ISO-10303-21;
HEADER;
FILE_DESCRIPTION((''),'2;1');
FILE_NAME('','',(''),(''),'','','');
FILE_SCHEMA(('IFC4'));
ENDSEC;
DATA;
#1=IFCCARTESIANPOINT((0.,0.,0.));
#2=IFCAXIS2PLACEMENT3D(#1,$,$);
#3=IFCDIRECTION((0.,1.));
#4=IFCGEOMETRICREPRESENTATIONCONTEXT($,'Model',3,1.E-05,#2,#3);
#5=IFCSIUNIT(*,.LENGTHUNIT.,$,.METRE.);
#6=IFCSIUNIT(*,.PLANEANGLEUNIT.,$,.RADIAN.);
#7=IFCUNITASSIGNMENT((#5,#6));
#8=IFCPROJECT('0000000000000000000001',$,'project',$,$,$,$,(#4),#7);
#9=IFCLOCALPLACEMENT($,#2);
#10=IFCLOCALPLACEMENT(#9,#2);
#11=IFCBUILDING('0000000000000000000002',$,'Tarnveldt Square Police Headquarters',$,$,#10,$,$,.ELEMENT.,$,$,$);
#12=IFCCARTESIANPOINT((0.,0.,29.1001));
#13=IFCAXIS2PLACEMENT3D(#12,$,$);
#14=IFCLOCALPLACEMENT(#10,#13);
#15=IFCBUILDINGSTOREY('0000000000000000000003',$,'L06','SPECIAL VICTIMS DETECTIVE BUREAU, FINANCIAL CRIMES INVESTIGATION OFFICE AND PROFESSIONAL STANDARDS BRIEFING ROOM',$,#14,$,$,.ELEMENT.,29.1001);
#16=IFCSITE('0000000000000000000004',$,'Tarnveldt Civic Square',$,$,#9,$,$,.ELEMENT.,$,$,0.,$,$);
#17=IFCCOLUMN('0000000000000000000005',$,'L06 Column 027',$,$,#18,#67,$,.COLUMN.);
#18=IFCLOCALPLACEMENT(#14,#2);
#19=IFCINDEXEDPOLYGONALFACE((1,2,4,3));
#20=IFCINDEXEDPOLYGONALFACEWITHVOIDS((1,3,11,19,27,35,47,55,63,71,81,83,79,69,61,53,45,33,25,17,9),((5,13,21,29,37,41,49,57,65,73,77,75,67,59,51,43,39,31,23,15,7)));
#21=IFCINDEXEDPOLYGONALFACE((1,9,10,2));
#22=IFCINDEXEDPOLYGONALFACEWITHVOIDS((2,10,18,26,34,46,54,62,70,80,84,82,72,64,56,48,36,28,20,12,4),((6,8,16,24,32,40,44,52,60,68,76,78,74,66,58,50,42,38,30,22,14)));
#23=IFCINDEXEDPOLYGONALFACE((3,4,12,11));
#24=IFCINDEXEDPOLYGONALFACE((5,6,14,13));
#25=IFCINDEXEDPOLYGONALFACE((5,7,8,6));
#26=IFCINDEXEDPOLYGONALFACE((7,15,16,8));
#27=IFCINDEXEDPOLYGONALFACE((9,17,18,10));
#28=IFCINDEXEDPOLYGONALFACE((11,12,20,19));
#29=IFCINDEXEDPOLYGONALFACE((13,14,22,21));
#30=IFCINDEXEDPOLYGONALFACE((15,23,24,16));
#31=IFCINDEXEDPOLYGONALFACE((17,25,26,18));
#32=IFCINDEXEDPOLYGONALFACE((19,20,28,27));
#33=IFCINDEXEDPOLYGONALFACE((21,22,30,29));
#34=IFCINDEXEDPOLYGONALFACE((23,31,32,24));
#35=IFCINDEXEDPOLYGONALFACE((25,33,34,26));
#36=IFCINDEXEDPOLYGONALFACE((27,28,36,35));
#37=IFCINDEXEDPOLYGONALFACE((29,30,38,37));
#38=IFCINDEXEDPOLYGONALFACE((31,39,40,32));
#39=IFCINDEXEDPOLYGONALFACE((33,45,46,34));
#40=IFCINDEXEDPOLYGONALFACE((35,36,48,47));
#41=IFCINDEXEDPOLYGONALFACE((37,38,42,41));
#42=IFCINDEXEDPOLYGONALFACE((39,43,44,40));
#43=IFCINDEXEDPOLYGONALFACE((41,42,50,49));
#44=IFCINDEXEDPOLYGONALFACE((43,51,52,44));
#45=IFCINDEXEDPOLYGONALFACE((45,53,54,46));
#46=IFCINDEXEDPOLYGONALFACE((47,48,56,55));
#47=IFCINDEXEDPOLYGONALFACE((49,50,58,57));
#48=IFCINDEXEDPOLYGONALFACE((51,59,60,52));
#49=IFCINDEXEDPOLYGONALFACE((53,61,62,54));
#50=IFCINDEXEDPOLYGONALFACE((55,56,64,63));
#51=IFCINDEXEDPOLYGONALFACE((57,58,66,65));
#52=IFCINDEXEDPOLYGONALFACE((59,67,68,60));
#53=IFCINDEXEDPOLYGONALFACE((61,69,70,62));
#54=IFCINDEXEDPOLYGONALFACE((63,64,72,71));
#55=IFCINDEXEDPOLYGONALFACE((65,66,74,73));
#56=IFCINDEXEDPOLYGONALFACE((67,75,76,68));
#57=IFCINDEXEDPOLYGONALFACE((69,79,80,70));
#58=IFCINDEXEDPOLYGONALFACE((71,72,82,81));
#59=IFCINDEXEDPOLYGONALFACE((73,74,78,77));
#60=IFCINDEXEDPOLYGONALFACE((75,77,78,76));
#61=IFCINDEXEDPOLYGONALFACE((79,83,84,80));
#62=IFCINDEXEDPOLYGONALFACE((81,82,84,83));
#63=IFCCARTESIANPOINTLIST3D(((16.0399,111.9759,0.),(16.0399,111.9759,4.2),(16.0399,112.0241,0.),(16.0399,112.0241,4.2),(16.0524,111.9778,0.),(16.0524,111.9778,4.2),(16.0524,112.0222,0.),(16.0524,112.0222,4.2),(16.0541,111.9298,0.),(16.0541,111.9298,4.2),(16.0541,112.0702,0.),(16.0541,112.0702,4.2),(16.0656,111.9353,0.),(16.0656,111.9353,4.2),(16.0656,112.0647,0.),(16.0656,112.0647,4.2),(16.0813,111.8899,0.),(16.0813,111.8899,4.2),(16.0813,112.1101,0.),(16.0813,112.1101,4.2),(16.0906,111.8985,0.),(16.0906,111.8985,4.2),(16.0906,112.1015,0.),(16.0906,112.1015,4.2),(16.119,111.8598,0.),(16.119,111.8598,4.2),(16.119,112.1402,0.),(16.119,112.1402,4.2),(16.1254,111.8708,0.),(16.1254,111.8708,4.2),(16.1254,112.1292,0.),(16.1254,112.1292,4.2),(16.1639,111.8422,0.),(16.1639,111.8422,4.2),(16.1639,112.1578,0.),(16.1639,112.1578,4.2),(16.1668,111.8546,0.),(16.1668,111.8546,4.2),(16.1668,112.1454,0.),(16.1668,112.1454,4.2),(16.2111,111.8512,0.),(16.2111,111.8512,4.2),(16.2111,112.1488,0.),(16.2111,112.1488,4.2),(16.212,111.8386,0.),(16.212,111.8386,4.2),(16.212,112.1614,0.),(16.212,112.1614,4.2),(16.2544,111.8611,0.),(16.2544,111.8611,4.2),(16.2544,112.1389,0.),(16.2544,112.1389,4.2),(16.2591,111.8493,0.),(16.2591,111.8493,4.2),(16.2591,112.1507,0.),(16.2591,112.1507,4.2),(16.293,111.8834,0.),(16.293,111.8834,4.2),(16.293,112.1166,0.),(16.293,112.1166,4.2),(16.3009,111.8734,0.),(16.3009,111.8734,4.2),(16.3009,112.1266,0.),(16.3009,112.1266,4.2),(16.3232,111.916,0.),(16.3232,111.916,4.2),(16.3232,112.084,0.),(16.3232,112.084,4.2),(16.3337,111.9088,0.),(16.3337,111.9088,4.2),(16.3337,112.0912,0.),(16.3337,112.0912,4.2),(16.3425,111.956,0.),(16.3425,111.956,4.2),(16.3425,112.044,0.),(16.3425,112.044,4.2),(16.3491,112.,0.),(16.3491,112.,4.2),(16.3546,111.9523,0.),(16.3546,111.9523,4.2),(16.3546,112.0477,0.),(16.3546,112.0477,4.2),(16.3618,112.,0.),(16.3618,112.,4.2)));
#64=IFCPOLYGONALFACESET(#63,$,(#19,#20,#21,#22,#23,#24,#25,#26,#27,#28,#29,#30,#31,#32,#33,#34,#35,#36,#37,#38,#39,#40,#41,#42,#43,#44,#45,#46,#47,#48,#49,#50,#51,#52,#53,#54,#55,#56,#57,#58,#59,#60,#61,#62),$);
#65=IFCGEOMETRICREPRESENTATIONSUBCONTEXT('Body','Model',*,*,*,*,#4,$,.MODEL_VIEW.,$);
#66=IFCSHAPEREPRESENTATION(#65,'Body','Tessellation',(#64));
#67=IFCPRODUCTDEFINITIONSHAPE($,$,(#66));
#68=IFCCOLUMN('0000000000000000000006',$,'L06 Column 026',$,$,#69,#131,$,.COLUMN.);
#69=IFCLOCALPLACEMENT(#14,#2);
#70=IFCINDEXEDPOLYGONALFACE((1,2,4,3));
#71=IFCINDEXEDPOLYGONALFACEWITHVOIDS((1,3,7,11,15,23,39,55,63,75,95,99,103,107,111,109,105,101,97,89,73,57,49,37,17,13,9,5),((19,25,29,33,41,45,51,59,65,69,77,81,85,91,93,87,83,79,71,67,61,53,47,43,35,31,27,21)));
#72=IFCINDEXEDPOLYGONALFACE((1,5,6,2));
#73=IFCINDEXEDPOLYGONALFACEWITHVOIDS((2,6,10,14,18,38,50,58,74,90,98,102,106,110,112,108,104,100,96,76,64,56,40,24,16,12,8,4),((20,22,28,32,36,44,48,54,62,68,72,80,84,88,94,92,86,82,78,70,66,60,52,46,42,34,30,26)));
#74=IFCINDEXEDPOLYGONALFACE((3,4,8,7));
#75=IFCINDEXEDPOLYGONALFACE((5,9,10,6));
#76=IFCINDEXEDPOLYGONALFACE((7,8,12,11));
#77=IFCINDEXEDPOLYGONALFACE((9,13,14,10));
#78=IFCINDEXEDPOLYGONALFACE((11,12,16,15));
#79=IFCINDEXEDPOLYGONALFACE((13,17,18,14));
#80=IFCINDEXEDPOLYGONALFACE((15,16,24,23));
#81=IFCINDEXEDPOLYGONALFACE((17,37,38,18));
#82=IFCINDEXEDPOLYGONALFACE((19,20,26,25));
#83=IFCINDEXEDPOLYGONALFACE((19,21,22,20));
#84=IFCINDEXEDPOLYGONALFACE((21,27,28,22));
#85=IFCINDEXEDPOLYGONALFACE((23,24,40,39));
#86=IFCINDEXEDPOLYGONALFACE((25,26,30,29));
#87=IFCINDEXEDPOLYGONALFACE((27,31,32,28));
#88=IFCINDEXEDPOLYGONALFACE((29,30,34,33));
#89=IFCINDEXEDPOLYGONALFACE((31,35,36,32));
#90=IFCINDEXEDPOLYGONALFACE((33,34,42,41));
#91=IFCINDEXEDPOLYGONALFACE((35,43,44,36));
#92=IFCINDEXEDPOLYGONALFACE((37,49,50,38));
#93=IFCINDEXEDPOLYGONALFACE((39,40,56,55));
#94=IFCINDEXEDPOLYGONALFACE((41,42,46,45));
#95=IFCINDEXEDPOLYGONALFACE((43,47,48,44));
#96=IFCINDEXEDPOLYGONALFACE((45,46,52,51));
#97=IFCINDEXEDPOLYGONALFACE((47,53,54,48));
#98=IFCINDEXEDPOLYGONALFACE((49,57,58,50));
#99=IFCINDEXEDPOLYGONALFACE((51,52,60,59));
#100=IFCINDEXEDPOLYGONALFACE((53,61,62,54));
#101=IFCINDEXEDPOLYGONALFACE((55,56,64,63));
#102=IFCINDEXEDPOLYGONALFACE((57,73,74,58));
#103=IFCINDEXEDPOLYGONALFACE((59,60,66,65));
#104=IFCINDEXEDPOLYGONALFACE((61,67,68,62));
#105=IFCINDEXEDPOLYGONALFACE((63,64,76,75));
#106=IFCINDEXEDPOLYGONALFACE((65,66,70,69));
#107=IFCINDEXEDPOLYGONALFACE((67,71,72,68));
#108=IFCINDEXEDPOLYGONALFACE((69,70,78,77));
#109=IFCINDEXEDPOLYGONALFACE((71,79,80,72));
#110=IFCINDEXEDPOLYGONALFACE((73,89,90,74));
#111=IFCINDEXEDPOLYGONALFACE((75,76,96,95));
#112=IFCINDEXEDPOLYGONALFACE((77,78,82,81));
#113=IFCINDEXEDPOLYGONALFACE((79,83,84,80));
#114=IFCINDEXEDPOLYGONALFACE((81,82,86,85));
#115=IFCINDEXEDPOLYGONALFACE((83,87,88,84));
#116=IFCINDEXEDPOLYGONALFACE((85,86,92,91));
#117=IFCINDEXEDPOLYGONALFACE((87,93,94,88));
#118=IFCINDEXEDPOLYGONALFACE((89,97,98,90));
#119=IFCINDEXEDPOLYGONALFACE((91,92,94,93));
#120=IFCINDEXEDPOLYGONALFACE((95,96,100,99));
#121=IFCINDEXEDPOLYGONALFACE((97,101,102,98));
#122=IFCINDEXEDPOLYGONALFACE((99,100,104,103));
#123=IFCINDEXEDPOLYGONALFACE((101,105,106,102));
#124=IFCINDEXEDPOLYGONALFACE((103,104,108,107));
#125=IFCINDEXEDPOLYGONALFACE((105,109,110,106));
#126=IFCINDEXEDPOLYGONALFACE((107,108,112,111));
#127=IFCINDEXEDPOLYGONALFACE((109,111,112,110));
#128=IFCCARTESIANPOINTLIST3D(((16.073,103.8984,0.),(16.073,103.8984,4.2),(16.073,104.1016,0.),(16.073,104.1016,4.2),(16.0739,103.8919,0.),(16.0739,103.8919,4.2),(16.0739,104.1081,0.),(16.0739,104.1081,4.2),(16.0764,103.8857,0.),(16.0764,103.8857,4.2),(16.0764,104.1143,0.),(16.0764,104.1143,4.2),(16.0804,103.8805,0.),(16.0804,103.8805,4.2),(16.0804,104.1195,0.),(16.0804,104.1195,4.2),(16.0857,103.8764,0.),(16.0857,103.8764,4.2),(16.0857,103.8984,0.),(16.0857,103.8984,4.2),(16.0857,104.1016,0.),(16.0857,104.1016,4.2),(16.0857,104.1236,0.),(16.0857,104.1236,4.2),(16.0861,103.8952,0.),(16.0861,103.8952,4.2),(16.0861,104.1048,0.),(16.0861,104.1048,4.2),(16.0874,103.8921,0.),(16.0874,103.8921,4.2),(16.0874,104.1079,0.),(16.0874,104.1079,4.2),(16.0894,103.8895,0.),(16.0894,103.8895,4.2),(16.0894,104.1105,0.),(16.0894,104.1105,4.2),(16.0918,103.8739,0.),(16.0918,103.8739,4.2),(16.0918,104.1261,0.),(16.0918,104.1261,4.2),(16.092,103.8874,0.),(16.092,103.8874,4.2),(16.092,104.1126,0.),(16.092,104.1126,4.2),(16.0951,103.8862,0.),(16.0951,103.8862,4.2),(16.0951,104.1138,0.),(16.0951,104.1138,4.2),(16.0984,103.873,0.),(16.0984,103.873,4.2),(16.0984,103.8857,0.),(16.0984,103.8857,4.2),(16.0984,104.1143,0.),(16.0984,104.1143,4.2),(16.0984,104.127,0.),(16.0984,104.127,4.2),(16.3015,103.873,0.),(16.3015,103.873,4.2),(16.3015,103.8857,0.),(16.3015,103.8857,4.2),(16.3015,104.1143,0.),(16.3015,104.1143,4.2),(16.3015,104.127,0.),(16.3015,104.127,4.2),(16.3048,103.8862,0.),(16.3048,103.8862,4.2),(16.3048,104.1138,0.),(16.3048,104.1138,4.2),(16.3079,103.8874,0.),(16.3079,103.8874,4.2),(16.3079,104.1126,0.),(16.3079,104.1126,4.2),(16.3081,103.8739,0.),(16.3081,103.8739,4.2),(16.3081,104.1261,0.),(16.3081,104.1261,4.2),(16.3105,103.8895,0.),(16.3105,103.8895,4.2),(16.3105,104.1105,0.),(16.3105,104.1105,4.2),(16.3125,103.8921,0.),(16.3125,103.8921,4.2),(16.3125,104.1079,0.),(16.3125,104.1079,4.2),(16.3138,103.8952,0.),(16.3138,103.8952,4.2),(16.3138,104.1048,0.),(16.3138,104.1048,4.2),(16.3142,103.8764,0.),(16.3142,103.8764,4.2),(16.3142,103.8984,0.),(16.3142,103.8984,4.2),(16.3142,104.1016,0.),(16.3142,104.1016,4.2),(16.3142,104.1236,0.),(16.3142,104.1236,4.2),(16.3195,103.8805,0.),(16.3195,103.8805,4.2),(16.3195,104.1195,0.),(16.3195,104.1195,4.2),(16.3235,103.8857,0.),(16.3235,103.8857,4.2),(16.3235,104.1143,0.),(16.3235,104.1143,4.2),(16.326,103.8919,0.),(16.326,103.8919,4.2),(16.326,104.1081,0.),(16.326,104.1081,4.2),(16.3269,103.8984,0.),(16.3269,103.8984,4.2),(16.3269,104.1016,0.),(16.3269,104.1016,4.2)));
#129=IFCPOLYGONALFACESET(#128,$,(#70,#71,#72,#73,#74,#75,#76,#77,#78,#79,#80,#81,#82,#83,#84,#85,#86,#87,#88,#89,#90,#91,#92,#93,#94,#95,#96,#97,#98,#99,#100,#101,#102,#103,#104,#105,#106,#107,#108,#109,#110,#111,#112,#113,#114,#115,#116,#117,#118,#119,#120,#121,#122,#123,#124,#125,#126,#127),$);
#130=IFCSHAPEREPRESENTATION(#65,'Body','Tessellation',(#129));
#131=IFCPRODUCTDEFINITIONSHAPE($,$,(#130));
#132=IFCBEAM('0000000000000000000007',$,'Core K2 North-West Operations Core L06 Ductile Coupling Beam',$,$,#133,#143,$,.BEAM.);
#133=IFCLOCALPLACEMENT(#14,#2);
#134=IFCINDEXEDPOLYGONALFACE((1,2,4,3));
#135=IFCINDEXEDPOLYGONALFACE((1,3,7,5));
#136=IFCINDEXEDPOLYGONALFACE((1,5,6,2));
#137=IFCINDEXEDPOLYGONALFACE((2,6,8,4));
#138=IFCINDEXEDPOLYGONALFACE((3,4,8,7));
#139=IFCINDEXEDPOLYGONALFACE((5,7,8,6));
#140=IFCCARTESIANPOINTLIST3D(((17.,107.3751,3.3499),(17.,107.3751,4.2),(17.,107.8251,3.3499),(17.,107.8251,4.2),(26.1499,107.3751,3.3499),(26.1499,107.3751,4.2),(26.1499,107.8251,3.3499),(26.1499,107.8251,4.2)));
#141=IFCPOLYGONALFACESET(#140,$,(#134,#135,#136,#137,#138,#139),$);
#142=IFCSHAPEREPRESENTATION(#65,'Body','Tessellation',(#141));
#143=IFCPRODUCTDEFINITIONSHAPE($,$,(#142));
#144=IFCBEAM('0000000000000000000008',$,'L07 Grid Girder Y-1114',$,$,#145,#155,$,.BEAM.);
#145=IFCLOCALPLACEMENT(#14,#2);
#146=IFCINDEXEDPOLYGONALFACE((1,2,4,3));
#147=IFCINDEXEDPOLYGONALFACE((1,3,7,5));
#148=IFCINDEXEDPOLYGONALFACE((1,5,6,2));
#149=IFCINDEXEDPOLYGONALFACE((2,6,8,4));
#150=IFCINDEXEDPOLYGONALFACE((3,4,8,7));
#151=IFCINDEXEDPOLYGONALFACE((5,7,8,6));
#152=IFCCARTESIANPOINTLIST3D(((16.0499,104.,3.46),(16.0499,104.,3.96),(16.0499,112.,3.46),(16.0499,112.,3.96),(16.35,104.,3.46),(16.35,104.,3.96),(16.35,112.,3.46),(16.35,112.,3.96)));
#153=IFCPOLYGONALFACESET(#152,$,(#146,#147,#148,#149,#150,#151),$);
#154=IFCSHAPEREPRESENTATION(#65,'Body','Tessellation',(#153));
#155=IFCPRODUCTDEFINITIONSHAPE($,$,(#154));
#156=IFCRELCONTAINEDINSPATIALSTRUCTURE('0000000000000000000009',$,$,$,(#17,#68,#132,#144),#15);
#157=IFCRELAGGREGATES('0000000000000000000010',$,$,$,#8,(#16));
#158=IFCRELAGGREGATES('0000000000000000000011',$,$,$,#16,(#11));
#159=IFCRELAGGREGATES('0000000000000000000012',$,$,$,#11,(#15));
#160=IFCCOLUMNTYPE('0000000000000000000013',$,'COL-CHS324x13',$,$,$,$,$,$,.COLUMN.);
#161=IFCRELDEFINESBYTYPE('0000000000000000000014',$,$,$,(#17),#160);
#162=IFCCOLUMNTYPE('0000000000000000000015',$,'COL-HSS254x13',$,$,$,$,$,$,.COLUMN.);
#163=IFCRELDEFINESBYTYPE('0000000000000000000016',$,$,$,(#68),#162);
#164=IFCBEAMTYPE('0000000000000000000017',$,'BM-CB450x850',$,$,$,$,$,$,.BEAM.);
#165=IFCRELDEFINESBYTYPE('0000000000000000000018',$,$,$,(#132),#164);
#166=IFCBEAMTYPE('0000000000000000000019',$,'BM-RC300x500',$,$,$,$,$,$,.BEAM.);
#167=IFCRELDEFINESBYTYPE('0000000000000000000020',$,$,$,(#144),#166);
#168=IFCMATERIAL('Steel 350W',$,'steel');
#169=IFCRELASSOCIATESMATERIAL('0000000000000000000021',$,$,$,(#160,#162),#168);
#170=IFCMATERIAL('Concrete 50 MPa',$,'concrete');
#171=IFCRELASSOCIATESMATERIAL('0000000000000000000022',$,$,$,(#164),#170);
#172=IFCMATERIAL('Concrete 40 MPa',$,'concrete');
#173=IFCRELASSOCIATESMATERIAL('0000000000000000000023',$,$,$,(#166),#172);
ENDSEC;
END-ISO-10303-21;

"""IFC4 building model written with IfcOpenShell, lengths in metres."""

from ifc_helpers import new_model, si_unit, direction, frame, origin, origin_2d, place, context, subcontext, project, spatial, rectangle, hollow_rectangle, hollow_circle, extrude, material, material_profile, profile_set, type_object, element, save


model = new_model("IFC4")

# Units and contexts
model_context = context("Model", 3, precision=1e-05, world=origin(), true_north=direction((0.0, 1.0)))
body_context = subcontext(model_context, "Body", "Model", "MODEL_VIEW")
ifc_project = project(units=[si_unit("LENGTHUNIT", "METRE"), si_unit("PLANEANGLEUNIT", "RADIAN")], contexts=[model_context])

# Site, building, storey
site_placement = place(None, origin())
site = spatial("IfcSite", under=ifc_project, at=site_placement, Name="Tarnveldt Civic Square", CompositionType="ELEMENT", RefElevation=0.0)
building_placement = place(site_placement, origin())
building = spatial("IfcBuilding", under=site, at=building_placement, Name="Tarnveldt Square Police Headquarters", CompositionType="ELEMENT")
storey_placement = place(building_placement, frame((0.0, 0.0, 29.1001)))
storey = spatial("IfcBuildingStorey", under=building, at=storey_placement, Name="L06", Description="SPECIAL VICTIMS DETECTIVE BUREAU, FINANCIAL CRIMES INVESTIGATION OFFICE AND PROFESSIONAL STANDARDS BRIEFING ROOM", CompositionType="ELEMENT", Elevation=29.1001)

# Columns
ifc_material_1 = material(Name="Steel 350W", Category="steel")
ifc_material_profile_1 = material_profile(ifc_material_1, hollow_circle(Radius=0.1619, WallThickness=0.0127, at=origin_2d()), Name="HSS324x13")
ifc_profile_set_1 = profile_set([ifc_material_profile_1], Name="Steel 350W")
column_type_1 = type_object("IfcColumnType", Name="COL-CHS324x13", PredefinedType="COLUMN", material=ifc_profile_set_1)
column_1_placement = place(storey_placement, frame((16.2, 112.0, 0.0), z_axis=(0.0, 0.0, 1.0), x_axis=(1.0, 0.0, 0.0)))
element("IfcColumn", 1, at=column_1_placement, inside=storey, type_object=column_type_1, Name="L06 Column 027", PredefinedType="COLUMN", context=body_context, shape_type="SweptSolid", body=[
    extrude(hollow_circle(Radius=0.1619, WallThickness=0.0127, at=origin_2d()), origin(), (0.0, 0.0, 1.0), 4.2),
])
ifc_material_profile_2 = material_profile(ifc_material_1, hollow_rectangle(XDim=0.2539, YDim=0.2539, WallThickness=0.0127, InnerFilletRadius=0.0127, OuterFilletRadius=0.0254, at=origin_2d()), Name="HSS254x254x13")
ifc_profile_set_2 = profile_set([ifc_material_profile_2], Name="Steel 350W")
column_type_2 = type_object("IfcColumnType", Name="COL-HSS254x13", PredefinedType="COLUMN", material=ifc_profile_set_2)
column_2_placement = place(storey_placement, frame((16.2, 104.0, 0.0), z_axis=(0.0, 0.0, 1.0), x_axis=(1.0, 0.0, 0.0)))
element("IfcColumn", 2, at=column_2_placement, inside=storey, type_object=column_type_2, Name="L06 Column 026", PredefinedType="COLUMN", context=body_context, shape_type="SweptSolid", body=[
    extrude(hollow_rectangle(XDim=0.2539, YDim=0.2539, WallThickness=0.0127, InnerFilletRadius=0.0127, OuterFilletRadius=0.0254, at=origin_2d()), origin(), (0.0, 0.0, 1.0), 4.2),
])

# Beams
ifc_material_2 = material(Name="Concrete 50 MPa", Category="concrete")
ifc_material_profile_3 = material_profile(ifc_material_2, rectangle(XDim=0.45, YDim=0.8501, at=origin_2d()), Name="RC-CB450x850")
ifc_profile_set_3 = profile_set([ifc_material_profile_3], Name="Concrete 50 MPa")
beam_type_1 = type_object("IfcBeamType", Name="BM-CB450x850", PredefinedType="BEAM", material=ifc_profile_set_3)
beam_1_placement = place(storey_placement, frame((17.0, 107.6001, 3.7749), z_axis=(1.0, 0.0, 0.0), x_axis=(0.0, 1.0, 0.0)))
element("IfcBeam", 3, at=beam_1_placement, inside=storey, type_object=beam_type_1, Name="Core K2 North-West Operations Core L06 Ductile Coupling Beam", PredefinedType="BEAM", context=body_context, shape_type="SweptSolid", body=[
    extrude(rectangle(XDim=0.45, YDim=0.8501, at=origin_2d()), origin(), (0.0, 0.0, 1.0), 9.1499),
])
ifc_material_3 = material(Name="Concrete 40 MPa", Category="concrete")
ifc_material_profile_4 = material_profile(ifc_material_3, rectangle(XDim=0.3, YDim=0.5, at=origin_2d()), Name="RC-B300x500")
ifc_profile_set_4 = profile_set([ifc_material_profile_4], Name="Concrete 40 MPa")
beam_type_2 = type_object("IfcBeamType", Name="BM-RC300x500", PredefinedType="BEAM", material=ifc_profile_set_4)
beam_2_placement = place(storey_placement, frame((16.2, 104.0, 3.71), z_axis=(0.0, 1.0, 0.0), x_axis=(-1.0, 0.0, 0.0)))
element("IfcBeam", 4, at=beam_2_placement, inside=storey, type_object=beam_type_2, Name="L07 Grid Girder Y-1114", PredefinedType="BEAM", context=body_context, shape_type="SweptSolid", body=[
    extrude(rectangle(XDim=0.3, YDim=0.5, at=origin_2d()), origin(), (0.0, 0.0, 1.0), 8.0),
])

save(model, "model.ifc")
